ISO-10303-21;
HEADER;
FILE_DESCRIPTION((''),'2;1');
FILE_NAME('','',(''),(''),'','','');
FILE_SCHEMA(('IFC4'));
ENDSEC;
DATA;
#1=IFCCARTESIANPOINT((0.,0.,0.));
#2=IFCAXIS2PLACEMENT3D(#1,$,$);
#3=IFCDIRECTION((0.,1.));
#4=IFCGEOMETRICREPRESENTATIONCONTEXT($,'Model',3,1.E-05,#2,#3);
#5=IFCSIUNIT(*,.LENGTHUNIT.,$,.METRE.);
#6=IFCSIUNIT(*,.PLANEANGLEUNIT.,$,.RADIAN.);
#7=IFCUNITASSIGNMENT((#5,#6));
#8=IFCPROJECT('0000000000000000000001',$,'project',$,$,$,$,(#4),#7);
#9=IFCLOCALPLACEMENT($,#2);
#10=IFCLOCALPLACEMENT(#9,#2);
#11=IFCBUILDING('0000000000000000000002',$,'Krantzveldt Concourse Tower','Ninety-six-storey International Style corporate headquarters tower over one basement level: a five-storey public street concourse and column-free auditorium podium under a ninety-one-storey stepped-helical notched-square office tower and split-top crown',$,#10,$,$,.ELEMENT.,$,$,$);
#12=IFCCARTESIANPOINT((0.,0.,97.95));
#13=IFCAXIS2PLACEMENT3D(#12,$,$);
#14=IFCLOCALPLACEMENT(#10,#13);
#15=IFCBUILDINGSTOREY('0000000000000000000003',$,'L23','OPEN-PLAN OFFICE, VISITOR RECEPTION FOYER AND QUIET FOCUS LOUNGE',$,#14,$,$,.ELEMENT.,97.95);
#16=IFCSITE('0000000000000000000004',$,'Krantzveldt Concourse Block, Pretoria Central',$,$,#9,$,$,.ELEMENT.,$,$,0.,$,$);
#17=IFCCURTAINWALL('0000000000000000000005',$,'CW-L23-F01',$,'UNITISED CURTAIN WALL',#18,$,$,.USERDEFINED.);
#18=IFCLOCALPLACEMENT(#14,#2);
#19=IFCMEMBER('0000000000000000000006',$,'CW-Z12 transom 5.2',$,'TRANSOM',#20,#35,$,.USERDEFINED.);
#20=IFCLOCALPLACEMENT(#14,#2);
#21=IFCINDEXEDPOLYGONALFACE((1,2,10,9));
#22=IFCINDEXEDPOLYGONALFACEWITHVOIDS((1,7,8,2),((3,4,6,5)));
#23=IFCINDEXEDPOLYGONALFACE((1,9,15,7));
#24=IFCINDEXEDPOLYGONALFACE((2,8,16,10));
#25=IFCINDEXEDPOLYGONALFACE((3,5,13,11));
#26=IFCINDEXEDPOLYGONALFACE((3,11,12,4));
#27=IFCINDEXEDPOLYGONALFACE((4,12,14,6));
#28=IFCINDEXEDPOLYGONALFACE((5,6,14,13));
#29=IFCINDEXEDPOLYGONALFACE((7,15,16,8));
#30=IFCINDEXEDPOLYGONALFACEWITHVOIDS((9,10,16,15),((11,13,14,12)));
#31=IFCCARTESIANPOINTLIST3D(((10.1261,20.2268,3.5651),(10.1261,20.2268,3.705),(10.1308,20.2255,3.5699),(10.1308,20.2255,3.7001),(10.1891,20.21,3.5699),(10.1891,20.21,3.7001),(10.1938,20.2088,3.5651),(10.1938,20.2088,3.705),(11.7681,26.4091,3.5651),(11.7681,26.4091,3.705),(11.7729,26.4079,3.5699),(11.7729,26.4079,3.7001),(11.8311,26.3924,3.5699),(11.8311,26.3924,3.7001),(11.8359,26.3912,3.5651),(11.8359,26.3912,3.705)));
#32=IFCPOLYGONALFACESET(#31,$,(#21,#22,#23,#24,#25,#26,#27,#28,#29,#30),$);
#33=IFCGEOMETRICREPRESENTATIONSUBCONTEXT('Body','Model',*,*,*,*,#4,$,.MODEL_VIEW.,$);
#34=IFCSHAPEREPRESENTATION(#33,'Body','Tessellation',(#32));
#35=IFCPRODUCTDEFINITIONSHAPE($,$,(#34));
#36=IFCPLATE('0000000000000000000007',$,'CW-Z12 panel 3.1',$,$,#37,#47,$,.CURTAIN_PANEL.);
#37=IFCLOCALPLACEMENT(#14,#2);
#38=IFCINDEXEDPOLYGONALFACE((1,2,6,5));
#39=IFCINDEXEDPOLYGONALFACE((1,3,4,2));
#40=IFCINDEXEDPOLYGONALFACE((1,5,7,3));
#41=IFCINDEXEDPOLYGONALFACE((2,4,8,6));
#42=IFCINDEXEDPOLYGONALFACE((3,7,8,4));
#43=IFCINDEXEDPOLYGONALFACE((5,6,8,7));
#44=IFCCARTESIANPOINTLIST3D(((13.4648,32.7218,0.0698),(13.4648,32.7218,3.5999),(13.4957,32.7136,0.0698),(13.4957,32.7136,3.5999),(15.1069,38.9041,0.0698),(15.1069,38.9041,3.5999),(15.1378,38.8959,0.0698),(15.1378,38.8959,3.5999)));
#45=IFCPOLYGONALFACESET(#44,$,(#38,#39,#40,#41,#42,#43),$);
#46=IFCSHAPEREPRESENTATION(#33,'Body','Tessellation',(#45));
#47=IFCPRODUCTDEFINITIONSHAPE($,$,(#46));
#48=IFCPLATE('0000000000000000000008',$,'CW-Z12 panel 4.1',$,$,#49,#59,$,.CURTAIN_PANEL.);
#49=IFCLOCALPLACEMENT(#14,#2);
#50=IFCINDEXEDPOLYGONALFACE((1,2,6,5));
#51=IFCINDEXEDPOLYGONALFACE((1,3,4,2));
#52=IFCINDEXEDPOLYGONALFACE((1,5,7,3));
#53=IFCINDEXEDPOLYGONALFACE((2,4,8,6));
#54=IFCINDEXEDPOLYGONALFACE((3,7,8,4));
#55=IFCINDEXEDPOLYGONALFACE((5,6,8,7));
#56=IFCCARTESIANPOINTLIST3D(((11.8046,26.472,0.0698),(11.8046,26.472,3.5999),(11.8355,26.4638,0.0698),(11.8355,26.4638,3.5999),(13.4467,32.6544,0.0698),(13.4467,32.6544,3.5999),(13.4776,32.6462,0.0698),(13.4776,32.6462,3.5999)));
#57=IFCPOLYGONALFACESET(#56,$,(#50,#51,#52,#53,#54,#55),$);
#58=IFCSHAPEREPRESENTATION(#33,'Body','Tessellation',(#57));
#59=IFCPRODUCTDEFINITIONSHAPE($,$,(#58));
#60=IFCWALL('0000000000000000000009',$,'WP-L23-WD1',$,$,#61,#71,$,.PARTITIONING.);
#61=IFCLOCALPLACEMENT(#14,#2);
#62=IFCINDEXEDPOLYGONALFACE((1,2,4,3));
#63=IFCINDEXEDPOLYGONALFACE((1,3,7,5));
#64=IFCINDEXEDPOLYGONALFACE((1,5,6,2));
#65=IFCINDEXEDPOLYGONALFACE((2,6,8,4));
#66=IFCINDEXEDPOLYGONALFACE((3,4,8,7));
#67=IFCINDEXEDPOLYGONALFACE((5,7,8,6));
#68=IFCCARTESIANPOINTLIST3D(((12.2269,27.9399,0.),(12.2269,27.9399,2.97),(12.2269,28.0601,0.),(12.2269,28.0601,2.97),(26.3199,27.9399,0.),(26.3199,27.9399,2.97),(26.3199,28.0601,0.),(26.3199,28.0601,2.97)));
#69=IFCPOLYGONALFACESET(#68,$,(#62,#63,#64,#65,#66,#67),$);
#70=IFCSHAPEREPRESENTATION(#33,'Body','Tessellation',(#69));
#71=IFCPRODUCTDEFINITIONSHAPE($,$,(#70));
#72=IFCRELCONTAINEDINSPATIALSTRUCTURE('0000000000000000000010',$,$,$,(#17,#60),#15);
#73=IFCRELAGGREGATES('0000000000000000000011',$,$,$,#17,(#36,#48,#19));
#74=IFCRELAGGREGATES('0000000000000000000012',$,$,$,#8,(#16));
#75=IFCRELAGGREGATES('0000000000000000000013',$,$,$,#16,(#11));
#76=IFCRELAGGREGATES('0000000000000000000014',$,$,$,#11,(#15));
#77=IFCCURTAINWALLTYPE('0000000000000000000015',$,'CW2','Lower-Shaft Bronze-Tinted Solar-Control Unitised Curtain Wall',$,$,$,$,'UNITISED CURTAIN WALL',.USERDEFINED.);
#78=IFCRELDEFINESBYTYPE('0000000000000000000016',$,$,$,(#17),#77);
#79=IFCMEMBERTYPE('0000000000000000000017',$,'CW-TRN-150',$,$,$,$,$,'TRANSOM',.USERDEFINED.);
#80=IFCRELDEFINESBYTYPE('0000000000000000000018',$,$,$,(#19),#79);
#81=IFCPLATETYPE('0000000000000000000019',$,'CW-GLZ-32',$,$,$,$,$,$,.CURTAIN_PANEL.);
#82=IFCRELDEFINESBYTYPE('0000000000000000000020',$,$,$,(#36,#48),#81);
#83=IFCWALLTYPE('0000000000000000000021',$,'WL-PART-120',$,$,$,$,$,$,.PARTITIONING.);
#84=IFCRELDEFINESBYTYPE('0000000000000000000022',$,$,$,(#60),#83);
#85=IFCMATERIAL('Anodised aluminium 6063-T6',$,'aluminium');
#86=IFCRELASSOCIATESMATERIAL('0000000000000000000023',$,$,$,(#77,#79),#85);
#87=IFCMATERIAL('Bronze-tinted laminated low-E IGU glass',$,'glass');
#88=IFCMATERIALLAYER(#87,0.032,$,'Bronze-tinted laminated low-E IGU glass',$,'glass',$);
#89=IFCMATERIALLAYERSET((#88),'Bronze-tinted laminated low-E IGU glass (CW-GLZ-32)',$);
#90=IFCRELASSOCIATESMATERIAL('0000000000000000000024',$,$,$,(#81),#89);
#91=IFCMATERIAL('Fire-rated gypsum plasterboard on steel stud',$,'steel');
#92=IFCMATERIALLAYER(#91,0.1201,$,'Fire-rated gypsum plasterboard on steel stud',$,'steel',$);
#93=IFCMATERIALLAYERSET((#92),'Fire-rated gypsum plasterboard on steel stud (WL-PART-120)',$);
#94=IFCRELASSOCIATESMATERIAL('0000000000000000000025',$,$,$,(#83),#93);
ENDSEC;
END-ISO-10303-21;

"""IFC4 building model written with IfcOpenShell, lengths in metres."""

from ifc_helpers import new_model, si_unit, direction, frame, frame_2d, origin, origin_2d, place, context, subcontext, project, spatial, rectangle, hollow_rectangle, extrude, source, transform, mapped, material, layer, layer_set, material_profile, profile_set, type_object, type_shapes, element, aggregate, save


model = new_model("IFC4")

# Units and contexts
model_context = context("Model", 3, precision=1e-05, world=origin(), true_north=direction((0.0, 1.0)))
body_context = subcontext(model_context, "Body", "Model", "MODEL_VIEW")
ifc_project = project(units=[si_unit("LENGTHUNIT", "METRE"), si_unit("PLANEANGLEUNIT", "RADIAN")], contexts=[model_context])

# Site, building, storey
site_placement = place(None, origin())
site = spatial("IfcSite", under=ifc_project, at=site_placement, Name="Krantzveldt Concourse Block, Pretoria Central", CompositionType="ELEMENT", RefElevation=0.0)
building_placement = place(site_placement, origin())
building = spatial("IfcBuilding", under=site, at=building_placement, Name="Krantzveldt Concourse Tower", Description="Ninety-six-storey International Style corporate headquarters tower over one basement level: a five-storey public street concourse and column-free auditorium podium under a ninety-one-storey stepped-helical notched-square office tower and split-top crown", CompositionType="ELEMENT")
storey_placement = place(building_placement, frame((0.0, 0.0, 97.95)))
storey = spatial("IfcBuildingStorey", under=building, at=storey_placement, Name="L23", Description="OPEN-PLAN OFFICE, VISITOR RECEPTION FOYER AND QUIET FOCUS LOUNGE", CompositionType="ELEMENT", Elevation=97.95)

# Curtain wall, member, plates
ifc_material_1 = material(Name="Anodised aluminium 6063-T6", Category="aluminium")
curtain_wall_type = type_object("IfcCurtainWallType", Name="CW2", Description="Lower-Shaft Bronze-Tinted Solar-Control Unitised Curtain Wall", ElementType="UNITISED CURTAIN WALL", PredefinedType="USERDEFINED", material=ifc_material_1)
curtain_wall_placement = place(storey_placement, origin())
curtain_wall = element("IfcCurtainWall", 1, at=curtain_wall_placement, inside=storey, type_object=curtain_wall_type, Name="CW-L23-F01", ObjectType="UNITISED CURTAIN WALL", PredefinedType="USERDEFINED")
ifc_material_profile_1 = material_profile(ifc_material_1, hollow_rectangle(XDim=0.0701, YDim=0.1399, WallThickness=0.0049, at=origin_2d()), Name="Anodised aluminium 6063-T6", Category="aluminium")
ifc_profile_set_1 = profile_set([ifc_material_profile_1], Name="Anodised aluminium 6063-T6 - ALU-TRAN 140x70x5")
member_type_1 = type_object("IfcMemberType", Name="CW-TRN-150", ElementType="TRANSOM", PredefinedType="USERDEFINED", material=ifc_profile_set_1)
shared_shape_1 = source(origin(), body_context, "Body", "SweptSolid", [
    extrude(hollow_rectangle(XDim=0.0701, YDim=0.1399, WallThickness=0.0049, at=origin_2d()), origin(), (0.0, 0.0, 1.0), 6.3967),
])
type_shapes(member_type_1, [shared_shape_1])
member_1_placement = place(storey_placement, frame((11.802, 26.4001, 3.635), z_axis=(-0.256708, -0.966489, 0.0), x_axis=(0.966489, -0.256708, 0.0)))
member_1 = element("IfcMember", 2, at=member_1_placement, type_object=member_type_1, Name="CW-Z12 transom 5.2", ObjectType="TRANSOM", PredefinedType="USERDEFINED", context=body_context, shape_type="MappedRepresentation", body=[
    mapped(shared_shape_1, transform((0.0, 0.0, 0.0), x_axis=(1.0, 0.0, 0.0), y_axis=(0.0, 1.0, 0.0), z_axis=(0.0, 0.0, 1.0), scale=1.0)),
])
ifc_material_2 = material(Name="Bronze-tinted laminated low-E IGU glass", Category="glass")
ifc_layer_1 = layer(ifc_material_2, 0.032, Name="Bronze-tinted laminated low-E IGU glass", Category="glass")
ifc_layer_set_1 = layer_set([ifc_layer_1], Name="Bronze-tinted laminated low-E IGU glass (CW-GLZ-32)")
plate_type = type_object("IfcPlateType", Name="CW-GLZ-32", PredefinedType="CURTAIN_PANEL", material=ifc_layer_set_1)
shared_shape_2 = source(origin(), body_context, "Body", "SweptSolid", [
    extrude(rectangle(XDim=6.3967, YDim=0.032, at=origin_2d()), origin(), (0.0, 0.0, 1.0), 3.53),
])
type_shapes(plate_type, [shared_shape_2])
plate_1_placement = place(storey_placement, frame((14.3013, 35.8088, 0.0698), z_axis=(0.0, 0.0, 1.0), x_axis=(-0.256711, -0.966488, 0.0)))
plate_1 = element("IfcPlate", 3, at=plate_1_placement, type_object=plate_type, Name="CW-Z12 panel 3.1", PredefinedType="CURTAIN_PANEL", context=body_context, shape_type="MappedRepresentation", body=[
    mapped(shared_shape_2, transform((0.0, 0.0, 0.0), x_axis=(1.0, 0.0, 0.0), y_axis=(0.0, 1.0, 0.0), z_axis=(0.0, 0.0, 1.0), scale=1.0)),
])
plate_2_placement = place(storey_placement, frame((12.6411, 29.5591, 0.0698), z_axis=(0.0, 0.0, 1.0), x_axis=(-0.256711, -0.966488, 0.0)))
plate_2 = element("IfcPlate", 4, at=plate_2_placement, type_object=plate_type, Name="CW-Z12 panel 4.1", PredefinedType="CURTAIN_PANEL", context=body_context, shape_type="MappedRepresentation", body=[
    mapped(shared_shape_2, transform((0.0, 0.0, 0.0), x_axis=(1.0, 0.0, 0.0), y_axis=(0.0, 1.0, 0.0), z_axis=(0.0, 0.0, 1.0), scale=1.0)),
])
aggregate(curtain_wall, [plate_1, plate_2, member_1])

# Wall
ifc_material_3 = material(Name="Fire-rated gypsum plasterboard on steel stud", Category="steel")
ifc_layer_2 = layer(ifc_material_3, 0.1201, Name="Fire-rated gypsum plasterboard on steel stud", Category="steel")
ifc_layer_set_2 = layer_set([ifc_layer_2], Name="Fire-rated gypsum plasterboard on steel stud (WL-PART-120)")
wall_type = type_object("IfcWallType", Name="WL-PART-120", PredefinedType="PARTITIONING", material=ifc_layer_set_2)
wall_placement = place(storey_placement, frame((12.2271, 28.0, 0.0), z_axis=(0.0, 0.0, 1.0), x_axis=(1.0, 0.0, 0.0)))
element("IfcWall", 5, at=wall_placement, inside=storey, type_object=wall_type, Name="WP-L23-WD1", PredefinedType="PARTITIONING", context=body_context, shape_type="SweptSolid", body=[
    extrude(rectangle(XDim=14.093, YDim=0.1201, at=frame_2d((7.0464, 0.0))), origin(), (0.0, 0.0, 1.0), 2.97),
])

save(model, "model.ifc")
